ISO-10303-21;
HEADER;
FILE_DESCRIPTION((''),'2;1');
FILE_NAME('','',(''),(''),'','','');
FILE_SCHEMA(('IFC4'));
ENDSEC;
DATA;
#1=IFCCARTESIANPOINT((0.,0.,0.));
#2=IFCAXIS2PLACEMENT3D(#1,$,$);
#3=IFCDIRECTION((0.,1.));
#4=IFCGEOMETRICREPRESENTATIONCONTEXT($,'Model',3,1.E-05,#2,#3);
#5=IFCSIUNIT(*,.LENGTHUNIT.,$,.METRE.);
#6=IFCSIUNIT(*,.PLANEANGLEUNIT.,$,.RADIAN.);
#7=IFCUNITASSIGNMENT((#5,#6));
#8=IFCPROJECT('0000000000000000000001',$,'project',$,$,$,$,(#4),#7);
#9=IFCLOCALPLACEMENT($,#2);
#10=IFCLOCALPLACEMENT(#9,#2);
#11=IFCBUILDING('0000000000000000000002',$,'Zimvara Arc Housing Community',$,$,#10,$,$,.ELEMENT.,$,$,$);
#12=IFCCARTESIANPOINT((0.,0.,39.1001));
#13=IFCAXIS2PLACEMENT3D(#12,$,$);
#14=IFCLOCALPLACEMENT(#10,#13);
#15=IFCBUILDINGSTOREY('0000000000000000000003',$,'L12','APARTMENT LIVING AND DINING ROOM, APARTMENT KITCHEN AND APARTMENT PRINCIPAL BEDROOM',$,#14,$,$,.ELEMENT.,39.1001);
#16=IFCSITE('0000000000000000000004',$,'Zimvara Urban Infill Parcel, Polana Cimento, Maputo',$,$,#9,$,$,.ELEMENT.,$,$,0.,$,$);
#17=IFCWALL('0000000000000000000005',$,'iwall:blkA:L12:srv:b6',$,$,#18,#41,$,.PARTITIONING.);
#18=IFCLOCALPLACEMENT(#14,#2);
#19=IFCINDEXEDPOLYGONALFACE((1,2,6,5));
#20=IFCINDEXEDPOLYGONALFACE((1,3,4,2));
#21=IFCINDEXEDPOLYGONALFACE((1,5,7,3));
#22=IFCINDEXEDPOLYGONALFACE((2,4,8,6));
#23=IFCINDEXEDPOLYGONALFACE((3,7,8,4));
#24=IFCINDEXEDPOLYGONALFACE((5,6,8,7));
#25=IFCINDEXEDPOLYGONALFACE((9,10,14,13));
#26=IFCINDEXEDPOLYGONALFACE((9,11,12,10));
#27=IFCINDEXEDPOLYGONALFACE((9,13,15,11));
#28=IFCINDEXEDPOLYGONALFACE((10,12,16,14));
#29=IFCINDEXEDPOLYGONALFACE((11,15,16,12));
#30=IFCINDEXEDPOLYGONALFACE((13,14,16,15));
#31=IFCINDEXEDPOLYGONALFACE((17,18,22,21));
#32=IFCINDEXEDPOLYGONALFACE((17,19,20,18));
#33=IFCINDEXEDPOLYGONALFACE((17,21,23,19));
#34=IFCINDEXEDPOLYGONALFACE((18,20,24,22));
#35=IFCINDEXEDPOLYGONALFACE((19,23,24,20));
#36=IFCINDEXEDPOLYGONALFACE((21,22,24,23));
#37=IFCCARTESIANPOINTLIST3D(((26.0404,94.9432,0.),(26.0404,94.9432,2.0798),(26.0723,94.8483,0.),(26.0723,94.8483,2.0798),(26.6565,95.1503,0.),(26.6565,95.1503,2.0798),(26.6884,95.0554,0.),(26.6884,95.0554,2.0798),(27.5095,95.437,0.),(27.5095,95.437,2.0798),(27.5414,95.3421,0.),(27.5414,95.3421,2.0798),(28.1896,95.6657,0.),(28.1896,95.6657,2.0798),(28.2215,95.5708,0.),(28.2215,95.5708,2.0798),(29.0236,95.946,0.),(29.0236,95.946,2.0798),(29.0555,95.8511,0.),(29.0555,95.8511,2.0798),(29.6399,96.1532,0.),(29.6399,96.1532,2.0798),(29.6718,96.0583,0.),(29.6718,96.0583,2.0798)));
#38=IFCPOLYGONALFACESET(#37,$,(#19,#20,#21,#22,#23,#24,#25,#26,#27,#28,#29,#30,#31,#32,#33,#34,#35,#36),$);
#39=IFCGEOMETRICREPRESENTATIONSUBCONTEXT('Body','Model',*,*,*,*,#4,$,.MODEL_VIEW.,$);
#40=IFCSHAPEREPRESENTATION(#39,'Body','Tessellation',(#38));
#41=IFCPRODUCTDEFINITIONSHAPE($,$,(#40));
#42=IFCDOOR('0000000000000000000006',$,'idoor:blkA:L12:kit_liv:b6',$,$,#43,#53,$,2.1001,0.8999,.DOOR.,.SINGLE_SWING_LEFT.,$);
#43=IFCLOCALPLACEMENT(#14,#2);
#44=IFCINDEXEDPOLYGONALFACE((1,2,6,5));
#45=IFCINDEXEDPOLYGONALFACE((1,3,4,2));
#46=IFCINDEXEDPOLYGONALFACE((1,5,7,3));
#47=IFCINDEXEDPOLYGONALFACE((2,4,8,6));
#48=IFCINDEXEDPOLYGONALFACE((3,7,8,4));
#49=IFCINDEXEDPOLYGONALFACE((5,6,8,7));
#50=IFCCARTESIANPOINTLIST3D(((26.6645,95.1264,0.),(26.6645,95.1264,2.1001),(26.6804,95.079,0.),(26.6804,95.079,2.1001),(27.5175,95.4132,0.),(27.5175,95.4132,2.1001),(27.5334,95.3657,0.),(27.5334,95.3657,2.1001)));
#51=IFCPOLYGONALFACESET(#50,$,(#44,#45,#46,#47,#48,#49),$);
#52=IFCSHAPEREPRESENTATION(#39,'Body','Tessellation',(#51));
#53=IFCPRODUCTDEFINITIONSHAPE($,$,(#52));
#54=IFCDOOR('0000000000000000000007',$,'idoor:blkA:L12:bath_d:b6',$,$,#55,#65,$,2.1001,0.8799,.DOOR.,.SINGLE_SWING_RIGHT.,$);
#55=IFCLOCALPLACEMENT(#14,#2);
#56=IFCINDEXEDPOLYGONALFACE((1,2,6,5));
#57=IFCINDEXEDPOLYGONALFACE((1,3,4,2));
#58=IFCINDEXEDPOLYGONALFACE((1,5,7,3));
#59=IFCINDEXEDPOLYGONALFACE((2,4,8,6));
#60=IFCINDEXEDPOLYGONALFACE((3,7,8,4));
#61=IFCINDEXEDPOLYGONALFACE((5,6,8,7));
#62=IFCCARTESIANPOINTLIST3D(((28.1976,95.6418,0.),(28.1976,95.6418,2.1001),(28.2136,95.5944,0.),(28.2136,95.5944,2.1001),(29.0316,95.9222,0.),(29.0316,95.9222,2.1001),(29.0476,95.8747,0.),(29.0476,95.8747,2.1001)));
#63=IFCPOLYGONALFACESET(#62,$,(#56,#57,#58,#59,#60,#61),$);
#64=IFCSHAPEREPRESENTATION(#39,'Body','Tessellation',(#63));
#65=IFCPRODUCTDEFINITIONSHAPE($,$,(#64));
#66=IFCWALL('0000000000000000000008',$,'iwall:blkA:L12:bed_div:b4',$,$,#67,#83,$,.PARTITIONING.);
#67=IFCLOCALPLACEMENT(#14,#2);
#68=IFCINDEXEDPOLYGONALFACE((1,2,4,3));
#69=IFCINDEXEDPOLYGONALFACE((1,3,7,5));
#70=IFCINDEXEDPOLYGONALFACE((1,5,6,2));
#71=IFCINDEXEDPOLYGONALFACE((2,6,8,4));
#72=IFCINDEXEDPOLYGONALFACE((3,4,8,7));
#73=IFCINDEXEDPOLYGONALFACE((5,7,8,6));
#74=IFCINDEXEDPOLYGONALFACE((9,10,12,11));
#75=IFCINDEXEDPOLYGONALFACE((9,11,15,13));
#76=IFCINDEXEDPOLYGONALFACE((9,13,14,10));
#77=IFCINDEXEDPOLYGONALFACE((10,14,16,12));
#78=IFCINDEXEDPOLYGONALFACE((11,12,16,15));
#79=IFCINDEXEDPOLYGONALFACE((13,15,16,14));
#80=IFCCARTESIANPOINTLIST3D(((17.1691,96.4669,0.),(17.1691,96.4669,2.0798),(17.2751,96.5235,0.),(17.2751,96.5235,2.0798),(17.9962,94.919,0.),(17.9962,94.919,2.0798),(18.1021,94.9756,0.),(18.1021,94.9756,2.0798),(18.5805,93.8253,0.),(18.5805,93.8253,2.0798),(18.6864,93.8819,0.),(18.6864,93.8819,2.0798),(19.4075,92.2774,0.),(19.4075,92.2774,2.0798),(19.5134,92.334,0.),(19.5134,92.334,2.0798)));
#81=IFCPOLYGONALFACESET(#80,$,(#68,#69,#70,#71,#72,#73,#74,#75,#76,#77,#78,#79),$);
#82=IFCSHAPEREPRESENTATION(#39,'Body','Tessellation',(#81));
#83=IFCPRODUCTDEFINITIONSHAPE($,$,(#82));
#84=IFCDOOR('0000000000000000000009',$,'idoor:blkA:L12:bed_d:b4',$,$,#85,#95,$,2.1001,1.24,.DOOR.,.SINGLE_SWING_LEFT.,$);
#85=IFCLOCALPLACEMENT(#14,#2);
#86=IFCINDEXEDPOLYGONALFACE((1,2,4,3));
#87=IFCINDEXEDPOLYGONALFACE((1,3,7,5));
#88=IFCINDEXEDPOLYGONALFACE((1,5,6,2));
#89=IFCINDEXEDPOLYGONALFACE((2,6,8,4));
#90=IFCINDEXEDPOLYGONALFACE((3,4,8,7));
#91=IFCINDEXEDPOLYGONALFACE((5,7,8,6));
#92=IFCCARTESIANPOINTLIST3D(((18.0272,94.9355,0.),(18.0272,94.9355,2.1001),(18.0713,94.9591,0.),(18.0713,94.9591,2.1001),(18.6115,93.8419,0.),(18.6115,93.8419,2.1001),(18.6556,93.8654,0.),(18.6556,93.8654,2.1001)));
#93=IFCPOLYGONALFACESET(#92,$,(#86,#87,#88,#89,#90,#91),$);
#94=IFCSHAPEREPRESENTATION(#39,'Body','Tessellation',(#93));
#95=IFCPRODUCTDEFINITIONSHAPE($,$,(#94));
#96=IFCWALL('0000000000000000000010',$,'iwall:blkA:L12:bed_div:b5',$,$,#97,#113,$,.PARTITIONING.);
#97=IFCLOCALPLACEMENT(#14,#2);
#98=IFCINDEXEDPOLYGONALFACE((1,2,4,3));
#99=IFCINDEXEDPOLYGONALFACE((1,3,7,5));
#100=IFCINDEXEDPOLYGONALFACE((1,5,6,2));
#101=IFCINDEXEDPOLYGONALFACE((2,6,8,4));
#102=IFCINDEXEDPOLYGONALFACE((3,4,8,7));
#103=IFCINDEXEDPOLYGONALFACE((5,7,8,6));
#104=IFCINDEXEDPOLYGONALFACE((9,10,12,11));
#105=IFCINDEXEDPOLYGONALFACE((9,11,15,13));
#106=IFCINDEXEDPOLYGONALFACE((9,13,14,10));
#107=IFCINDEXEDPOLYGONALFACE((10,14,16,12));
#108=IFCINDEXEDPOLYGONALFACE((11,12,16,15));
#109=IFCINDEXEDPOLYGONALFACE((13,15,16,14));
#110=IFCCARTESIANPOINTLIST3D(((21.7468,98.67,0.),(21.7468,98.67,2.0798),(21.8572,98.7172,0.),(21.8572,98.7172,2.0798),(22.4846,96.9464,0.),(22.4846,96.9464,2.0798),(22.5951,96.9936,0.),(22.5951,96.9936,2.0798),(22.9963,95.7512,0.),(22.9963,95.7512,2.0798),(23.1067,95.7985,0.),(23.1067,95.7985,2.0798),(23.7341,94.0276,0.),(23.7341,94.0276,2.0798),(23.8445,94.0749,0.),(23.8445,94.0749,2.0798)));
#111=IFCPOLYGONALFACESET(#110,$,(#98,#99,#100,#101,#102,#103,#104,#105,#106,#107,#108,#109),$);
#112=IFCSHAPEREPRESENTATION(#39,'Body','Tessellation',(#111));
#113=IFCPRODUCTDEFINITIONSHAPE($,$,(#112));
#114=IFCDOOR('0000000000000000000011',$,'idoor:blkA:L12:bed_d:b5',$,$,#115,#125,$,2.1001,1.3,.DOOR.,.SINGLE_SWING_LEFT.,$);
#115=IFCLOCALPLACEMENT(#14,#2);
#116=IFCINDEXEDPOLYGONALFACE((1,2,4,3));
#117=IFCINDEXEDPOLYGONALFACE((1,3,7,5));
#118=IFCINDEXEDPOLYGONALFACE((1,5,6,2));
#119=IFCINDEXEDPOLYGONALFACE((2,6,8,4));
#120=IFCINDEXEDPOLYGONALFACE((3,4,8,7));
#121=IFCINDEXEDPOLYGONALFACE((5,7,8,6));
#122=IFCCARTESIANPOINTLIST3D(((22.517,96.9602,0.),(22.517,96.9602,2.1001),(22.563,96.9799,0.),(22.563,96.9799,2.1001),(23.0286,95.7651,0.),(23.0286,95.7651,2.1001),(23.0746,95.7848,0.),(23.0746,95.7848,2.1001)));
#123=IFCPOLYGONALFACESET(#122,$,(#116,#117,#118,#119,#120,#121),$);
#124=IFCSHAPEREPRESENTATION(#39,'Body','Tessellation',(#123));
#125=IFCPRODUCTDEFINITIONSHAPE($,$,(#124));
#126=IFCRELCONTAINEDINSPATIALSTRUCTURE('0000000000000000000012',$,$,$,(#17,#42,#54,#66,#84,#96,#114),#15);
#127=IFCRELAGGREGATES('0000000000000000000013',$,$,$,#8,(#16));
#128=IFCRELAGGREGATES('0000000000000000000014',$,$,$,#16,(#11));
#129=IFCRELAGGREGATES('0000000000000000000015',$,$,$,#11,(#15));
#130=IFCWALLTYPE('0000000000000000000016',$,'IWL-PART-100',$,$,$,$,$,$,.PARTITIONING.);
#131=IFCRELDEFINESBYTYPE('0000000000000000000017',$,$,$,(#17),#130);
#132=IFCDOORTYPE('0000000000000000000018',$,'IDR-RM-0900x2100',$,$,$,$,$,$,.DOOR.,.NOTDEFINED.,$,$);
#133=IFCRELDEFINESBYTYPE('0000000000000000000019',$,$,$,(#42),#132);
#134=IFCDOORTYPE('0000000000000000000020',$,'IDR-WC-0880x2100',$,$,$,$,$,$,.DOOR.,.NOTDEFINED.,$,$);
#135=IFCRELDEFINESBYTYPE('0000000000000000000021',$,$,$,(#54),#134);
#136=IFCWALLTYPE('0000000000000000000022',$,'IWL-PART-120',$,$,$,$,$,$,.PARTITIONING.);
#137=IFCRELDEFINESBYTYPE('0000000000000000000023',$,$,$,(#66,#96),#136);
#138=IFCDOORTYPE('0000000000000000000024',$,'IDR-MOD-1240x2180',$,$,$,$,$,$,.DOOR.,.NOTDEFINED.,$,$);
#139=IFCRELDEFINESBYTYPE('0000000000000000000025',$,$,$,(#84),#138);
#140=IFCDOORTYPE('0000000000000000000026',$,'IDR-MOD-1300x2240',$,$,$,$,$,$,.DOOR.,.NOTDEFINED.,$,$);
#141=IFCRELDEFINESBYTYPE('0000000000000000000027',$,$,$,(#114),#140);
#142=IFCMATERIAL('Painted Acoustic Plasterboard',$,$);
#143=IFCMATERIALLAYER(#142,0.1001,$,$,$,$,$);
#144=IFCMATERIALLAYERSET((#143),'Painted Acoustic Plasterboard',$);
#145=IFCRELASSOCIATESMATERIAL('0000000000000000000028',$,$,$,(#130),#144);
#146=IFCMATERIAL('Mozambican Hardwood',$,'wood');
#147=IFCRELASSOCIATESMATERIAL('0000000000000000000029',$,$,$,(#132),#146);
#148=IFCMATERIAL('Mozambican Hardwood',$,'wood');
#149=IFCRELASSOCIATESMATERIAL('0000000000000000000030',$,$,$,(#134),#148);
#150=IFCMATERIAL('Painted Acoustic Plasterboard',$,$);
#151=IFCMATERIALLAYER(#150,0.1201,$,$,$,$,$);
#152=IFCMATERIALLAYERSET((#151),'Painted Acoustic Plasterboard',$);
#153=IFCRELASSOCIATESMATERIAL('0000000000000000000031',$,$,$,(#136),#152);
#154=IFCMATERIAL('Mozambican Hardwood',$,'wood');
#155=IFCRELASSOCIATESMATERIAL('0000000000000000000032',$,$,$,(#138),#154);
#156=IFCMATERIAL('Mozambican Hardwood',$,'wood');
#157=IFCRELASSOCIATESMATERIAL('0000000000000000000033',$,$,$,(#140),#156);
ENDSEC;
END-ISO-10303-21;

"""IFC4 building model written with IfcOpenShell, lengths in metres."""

from ifc_helpers import new_model, si_unit, direction, frame, frame_2d, origin, place, context, subcontext, project, spatial, rectangle, extrude, material, layer, layer_set, type_object, element, fill, save


model = new_model("IFC4")

# Units and contexts
model_context = context("Model", 3, precision=1e-05, world=origin(), true_north=direction((0.0, 1.0)))
body_context = subcontext(model_context, "Body", "Model", "MODEL_VIEW")
ifc_project = project(units=[si_unit("LENGTHUNIT", "METRE"), si_unit("PLANEANGLEUNIT", "RADIAN")], contexts=[model_context])

# Site, building, storey
site_placement = place(None, origin())
site = spatial("IfcSite", under=ifc_project, at=site_placement, Name="Zimvara Urban Infill Parcel, Polana Cimento, Maputo", CompositionType="ELEMENT", RefElevation=0.0)
building_placement = place(site_placement, origin())
building = spatial("IfcBuilding", under=site, at=building_placement, Name="Zimvara Arc Housing Community", CompositionType="ELEMENT")
storey_placement = place(building_placement, frame((0.0, 0.0, 39.1001)))
storey = spatial("IfcBuildingStorey", under=building, at=storey_placement, Name="L12", Description="APARTMENT LIVING AND DINING ROOM, APARTMENT KITCHEN AND APARTMENT PRINCIPAL BEDROOM", CompositionType="ELEMENT", Elevation=39.1001)

# Wall, openings, doors
ifc_material_1 = material(Name="Painted Acoustic Plasterboard")
ifc_layer_1 = layer(ifc_material_1, 0.1001)
ifc_layer_set_1 = layer_set([ifc_layer_1], Name="Painted Acoustic Plasterboard")
wall_type_1 = type_object("IfcWallType", Name="IWL-PART-100", PredefinedType="PARTITIONING", material=ifc_layer_set_1)
wall_1_placement = place(storey_placement, frame((26.0564, 94.8958, 0.0), z_axis=(0.0, 0.0, 1.0), x_axis=(0.947877, 0.318638, 0.0)))
wall_1 = element("IfcWall", 1, at=wall_1_placement, inside=storey, type_object=wall_type_1, Name="iwall:blkA:L12:srv:b6", PredefinedType="PARTITIONING", context=body_context, shape_type="SweptSolid", body=[
    extrude(rectangle(XDim=3.7974, YDim=0.1001, at=frame_2d((1.8987, 0.0))), origin(), (0.0, 0.0, 1.0), 2.0798),
])
opening_1_placement = place(wall_1_placement, frame((0.6499, 0.0, 0.0)))
opening_1 = element("IfcOpeningElement", 2, at=opening_1_placement, cuts=wall_1, PredefinedType="OPENING", context=body_context, shape_type="SweptSolid", body=[
    extrude(rectangle(XDim=0.8999, YDim=2.1001, at=frame_2d((0.45, 1.05))), frame((0.0, 0.0601, 0.0), z_axis=(0.0, -1.0, 0.0), x_axis=(1.0, 0.0, 0.0)), (0.0, 0.0, 1.0), 0.1201),
])
opening_2_placement = place(wall_1_placement, frame((2.2673, 0.0, 0.0)))
opening_2 = element("IfcOpeningElement", 3, at=opening_2_placement, cuts=wall_1, PredefinedType="OPENING", context=body_context, shape_type="SweptSolid", body=[
    extrude(rectangle(XDim=0.8799, YDim=2.1001, at=frame_2d((0.4399, 1.05))), frame((0.0, 0.0601, 0.0), z_axis=(0.0, -1.0, 0.0), x_axis=(1.0, 0.0, 0.0)), (0.0, 0.0, 1.0), 0.1201),
])
ifc_material_2 = material(Name="Mozambican Hardwood", Category="wood")
door_type_1 = type_object("IfcDoorType", Name="IDR-RM-0900x2100", OperationType="NOTDEFINED", PredefinedType="DOOR", material=ifc_material_2)
door_1_placement = place(opening_1_placement, origin())
door_1 = element("IfcDoor", 4, at=door_1_placement, inside=storey, type_object=door_type_1, Name="idoor:blkA:L12:kit_liv:b6", OperationType="SINGLE_SWING_LEFT", OverallHeight=2.1001, OverallWidth=0.8999, PredefinedType="DOOR", context=body_context, shape_type="SweptSolid", body=[
    extrude(rectangle(XDim=0.8999, YDim=2.1001, at=frame_2d((0.45, 1.05))), frame((0.0, 0.0249, 0.0), z_axis=(0.0, -1.0, 0.0), x_axis=(1.0, 0.0, 0.0)), (0.0, 0.0, 1.0), 0.05),
])
fill(opening_1, door_1)
ifc_material_3 = material(Name="Mozambican Hardwood", Category="wood")
door_type_2 = type_object("IfcDoorType", Name="IDR-WC-0880x2100", OperationType="NOTDEFINED", PredefinedType="DOOR", material=ifc_material_3)
door_2_placement = place(opening_2_placement, origin())
door_2 = element("IfcDoor", 5, at=door_2_placement, inside=storey, type_object=door_type_2, Name="idoor:blkA:L12:bath_d:b6", OperationType="SINGLE_SWING_RIGHT", OverallHeight=2.1001, OverallWidth=0.8799, PredefinedType="DOOR", context=body_context, shape_type="SweptSolid", body=[
    extrude(rectangle(XDim=0.8799, YDim=2.1001, at=frame_2d((0.4399, 1.05))), frame((0.0, 0.0249, 0.0), z_axis=(0.0, -1.0, 0.0), x_axis=(1.0, 0.0, 0.0)), (0.0, 0.0, 1.0), 0.05),
])
fill(opening_2, door_2)

# Walls, openings, doors
ifc_material_4 = material(Name="Painted Acoustic Plasterboard")
ifc_layer_2 = layer(ifc_material_4, 0.1201)
ifc_layer_set_2 = layer_set([ifc_layer_2], Name="Painted Acoustic Plasterboard")
wall_type_2 = type_object("IfcWallType", Name="IWL-PART-120", PredefinedType="PARTITIONING", material=ifc_layer_set_2)
wall_2_placement = place(storey_placement, frame((19.4604, 92.3057, 0.0), z_axis=(0.0, 0.0, 1.0), x_axis=(-0.471228, 0.882011, 0.0)))
wall_2 = element("IfcWall", 6, at=wall_2_placement, inside=storey, type_object=wall_type_2, Name="iwall:blkA:L12:bed_div:b4", PredefinedType="PARTITIONING", context=body_context, shape_type="SweptSolid", body=[
    extrude(rectangle(XDim=4.75, YDim=0.1201, at=frame_2d((2.375, 0.0))), origin(), (0.0, 0.0, 1.0), 2.0798),
])
opening_3_placement = place(wall_2_placement, frame((1.7549, 0.0, 0.0)))
opening_3 = element("IfcOpeningElement", 7, at=opening_3_placement, cuts=wall_2, PredefinedType="OPENING", context=body_context, shape_type="SweptSolid", body=[
    extrude(rectangle(XDim=1.24, YDim=2.1001, at=frame_2d((0.6201, 1.05))), frame((0.0, 0.0701, 0.0), z_axis=(0.0, -1.0, 0.0), x_axis=(1.0, 0.0, 0.0)), (0.0, 0.0, 1.0), 0.1401),
])
ifc_material_5 = material(Name="Mozambican Hardwood", Category="wood")
door_type_3 = type_object("IfcDoorType", Name="IDR-MOD-1240x2180", OperationType="NOTDEFINED", PredefinedType="DOOR", material=ifc_material_5)
door_3_placement = place(opening_3_placement, origin())
door_3 = element("IfcDoor", 8, at=door_3_placement, inside=storey, type_object=door_type_3, Name="idoor:blkA:L12:bed_d:b4", OperationType="SINGLE_SWING_LEFT", OverallHeight=2.1001, OverallWidth=1.24, PredefinedType="DOOR", context=body_context, shape_type="SweptSolid", body=[
    extrude(rectangle(XDim=1.24, YDim=2.1001, at=frame_2d((0.6201, 1.05))), frame((0.0, 0.0249, 0.0), z_axis=(0.0, -1.0, 0.0), x_axis=(1.0, 0.0, 0.0)), (0.0, 0.0, 1.0), 0.05),
])
fill(opening_3, door_3)
wall_3_placement = place(storey_placement, frame((23.7893, 94.0513, 0.0), z_axis=(0.0, 0.0, 1.0), x_axis=(-0.39354, 0.919307, 0.0)))
wall_3 = element("IfcWall", 9, at=wall_3_placement, inside=storey, type_object=wall_type_2, Name="iwall:blkA:L12:bed_div:b5", PredefinedType="PARTITIONING", context=body_context, shape_type="SweptSolid", body=[
    extrude(rectangle(XDim=5.0498, YDim=0.1201, at=frame_2d((2.5249, 0.0))), origin(), (0.0, 0.0, 1.0), 2.0798),
])
opening_4_placement = place(wall_3_placement, frame((1.875, 0.0, 0.0)))
opening_4 = element("IfcOpeningElement", 10, at=opening_4_placement, cuts=wall_3, PredefinedType="OPENING", context=body_context, shape_type="SweptSolid", body=[
    extrude(rectangle(XDim=1.3, YDim=2.1001, at=frame_2d((0.6499, 1.05))), frame((0.0, 0.0701, 0.0), z_axis=(0.0, -1.0, 0.0), x_axis=(1.0, 0.0, 0.0)), (0.0, 0.0, 1.0), 0.1401),
])
ifc_material_6 = material(Name="Mozambican Hardwood", Category="wood")
door_type_4 = type_object("IfcDoorType", Name="IDR-MOD-1300x2240", OperationType="NOTDEFINED", PredefinedType="DOOR", material=ifc_material_6)
door_4_placement = place(opening_4_placement, origin())
door_4 = element("IfcDoor", 11, at=door_4_placement, inside=storey, type_object=door_type_4, Name="idoor:blkA:L12:bed_d:b5", OperationType="SINGLE_SWING_LEFT", OverallHeight=2.1001, OverallWidth=1.3, PredefinedType="DOOR", context=body_context, shape_type="SweptSolid", body=[
    extrude(rectangle(XDim=1.3, YDim=2.1001, at=frame_2d((0.6499, 1.05))), frame((0.0, 0.0249, 0.0), z_axis=(0.0, -1.0, 0.0), x_axis=(1.0, 0.0, 0.0)), (0.0, 0.0, 1.0), 0.05),
])
fill(opening_4, door_4)

save(model, "model.ifc")
